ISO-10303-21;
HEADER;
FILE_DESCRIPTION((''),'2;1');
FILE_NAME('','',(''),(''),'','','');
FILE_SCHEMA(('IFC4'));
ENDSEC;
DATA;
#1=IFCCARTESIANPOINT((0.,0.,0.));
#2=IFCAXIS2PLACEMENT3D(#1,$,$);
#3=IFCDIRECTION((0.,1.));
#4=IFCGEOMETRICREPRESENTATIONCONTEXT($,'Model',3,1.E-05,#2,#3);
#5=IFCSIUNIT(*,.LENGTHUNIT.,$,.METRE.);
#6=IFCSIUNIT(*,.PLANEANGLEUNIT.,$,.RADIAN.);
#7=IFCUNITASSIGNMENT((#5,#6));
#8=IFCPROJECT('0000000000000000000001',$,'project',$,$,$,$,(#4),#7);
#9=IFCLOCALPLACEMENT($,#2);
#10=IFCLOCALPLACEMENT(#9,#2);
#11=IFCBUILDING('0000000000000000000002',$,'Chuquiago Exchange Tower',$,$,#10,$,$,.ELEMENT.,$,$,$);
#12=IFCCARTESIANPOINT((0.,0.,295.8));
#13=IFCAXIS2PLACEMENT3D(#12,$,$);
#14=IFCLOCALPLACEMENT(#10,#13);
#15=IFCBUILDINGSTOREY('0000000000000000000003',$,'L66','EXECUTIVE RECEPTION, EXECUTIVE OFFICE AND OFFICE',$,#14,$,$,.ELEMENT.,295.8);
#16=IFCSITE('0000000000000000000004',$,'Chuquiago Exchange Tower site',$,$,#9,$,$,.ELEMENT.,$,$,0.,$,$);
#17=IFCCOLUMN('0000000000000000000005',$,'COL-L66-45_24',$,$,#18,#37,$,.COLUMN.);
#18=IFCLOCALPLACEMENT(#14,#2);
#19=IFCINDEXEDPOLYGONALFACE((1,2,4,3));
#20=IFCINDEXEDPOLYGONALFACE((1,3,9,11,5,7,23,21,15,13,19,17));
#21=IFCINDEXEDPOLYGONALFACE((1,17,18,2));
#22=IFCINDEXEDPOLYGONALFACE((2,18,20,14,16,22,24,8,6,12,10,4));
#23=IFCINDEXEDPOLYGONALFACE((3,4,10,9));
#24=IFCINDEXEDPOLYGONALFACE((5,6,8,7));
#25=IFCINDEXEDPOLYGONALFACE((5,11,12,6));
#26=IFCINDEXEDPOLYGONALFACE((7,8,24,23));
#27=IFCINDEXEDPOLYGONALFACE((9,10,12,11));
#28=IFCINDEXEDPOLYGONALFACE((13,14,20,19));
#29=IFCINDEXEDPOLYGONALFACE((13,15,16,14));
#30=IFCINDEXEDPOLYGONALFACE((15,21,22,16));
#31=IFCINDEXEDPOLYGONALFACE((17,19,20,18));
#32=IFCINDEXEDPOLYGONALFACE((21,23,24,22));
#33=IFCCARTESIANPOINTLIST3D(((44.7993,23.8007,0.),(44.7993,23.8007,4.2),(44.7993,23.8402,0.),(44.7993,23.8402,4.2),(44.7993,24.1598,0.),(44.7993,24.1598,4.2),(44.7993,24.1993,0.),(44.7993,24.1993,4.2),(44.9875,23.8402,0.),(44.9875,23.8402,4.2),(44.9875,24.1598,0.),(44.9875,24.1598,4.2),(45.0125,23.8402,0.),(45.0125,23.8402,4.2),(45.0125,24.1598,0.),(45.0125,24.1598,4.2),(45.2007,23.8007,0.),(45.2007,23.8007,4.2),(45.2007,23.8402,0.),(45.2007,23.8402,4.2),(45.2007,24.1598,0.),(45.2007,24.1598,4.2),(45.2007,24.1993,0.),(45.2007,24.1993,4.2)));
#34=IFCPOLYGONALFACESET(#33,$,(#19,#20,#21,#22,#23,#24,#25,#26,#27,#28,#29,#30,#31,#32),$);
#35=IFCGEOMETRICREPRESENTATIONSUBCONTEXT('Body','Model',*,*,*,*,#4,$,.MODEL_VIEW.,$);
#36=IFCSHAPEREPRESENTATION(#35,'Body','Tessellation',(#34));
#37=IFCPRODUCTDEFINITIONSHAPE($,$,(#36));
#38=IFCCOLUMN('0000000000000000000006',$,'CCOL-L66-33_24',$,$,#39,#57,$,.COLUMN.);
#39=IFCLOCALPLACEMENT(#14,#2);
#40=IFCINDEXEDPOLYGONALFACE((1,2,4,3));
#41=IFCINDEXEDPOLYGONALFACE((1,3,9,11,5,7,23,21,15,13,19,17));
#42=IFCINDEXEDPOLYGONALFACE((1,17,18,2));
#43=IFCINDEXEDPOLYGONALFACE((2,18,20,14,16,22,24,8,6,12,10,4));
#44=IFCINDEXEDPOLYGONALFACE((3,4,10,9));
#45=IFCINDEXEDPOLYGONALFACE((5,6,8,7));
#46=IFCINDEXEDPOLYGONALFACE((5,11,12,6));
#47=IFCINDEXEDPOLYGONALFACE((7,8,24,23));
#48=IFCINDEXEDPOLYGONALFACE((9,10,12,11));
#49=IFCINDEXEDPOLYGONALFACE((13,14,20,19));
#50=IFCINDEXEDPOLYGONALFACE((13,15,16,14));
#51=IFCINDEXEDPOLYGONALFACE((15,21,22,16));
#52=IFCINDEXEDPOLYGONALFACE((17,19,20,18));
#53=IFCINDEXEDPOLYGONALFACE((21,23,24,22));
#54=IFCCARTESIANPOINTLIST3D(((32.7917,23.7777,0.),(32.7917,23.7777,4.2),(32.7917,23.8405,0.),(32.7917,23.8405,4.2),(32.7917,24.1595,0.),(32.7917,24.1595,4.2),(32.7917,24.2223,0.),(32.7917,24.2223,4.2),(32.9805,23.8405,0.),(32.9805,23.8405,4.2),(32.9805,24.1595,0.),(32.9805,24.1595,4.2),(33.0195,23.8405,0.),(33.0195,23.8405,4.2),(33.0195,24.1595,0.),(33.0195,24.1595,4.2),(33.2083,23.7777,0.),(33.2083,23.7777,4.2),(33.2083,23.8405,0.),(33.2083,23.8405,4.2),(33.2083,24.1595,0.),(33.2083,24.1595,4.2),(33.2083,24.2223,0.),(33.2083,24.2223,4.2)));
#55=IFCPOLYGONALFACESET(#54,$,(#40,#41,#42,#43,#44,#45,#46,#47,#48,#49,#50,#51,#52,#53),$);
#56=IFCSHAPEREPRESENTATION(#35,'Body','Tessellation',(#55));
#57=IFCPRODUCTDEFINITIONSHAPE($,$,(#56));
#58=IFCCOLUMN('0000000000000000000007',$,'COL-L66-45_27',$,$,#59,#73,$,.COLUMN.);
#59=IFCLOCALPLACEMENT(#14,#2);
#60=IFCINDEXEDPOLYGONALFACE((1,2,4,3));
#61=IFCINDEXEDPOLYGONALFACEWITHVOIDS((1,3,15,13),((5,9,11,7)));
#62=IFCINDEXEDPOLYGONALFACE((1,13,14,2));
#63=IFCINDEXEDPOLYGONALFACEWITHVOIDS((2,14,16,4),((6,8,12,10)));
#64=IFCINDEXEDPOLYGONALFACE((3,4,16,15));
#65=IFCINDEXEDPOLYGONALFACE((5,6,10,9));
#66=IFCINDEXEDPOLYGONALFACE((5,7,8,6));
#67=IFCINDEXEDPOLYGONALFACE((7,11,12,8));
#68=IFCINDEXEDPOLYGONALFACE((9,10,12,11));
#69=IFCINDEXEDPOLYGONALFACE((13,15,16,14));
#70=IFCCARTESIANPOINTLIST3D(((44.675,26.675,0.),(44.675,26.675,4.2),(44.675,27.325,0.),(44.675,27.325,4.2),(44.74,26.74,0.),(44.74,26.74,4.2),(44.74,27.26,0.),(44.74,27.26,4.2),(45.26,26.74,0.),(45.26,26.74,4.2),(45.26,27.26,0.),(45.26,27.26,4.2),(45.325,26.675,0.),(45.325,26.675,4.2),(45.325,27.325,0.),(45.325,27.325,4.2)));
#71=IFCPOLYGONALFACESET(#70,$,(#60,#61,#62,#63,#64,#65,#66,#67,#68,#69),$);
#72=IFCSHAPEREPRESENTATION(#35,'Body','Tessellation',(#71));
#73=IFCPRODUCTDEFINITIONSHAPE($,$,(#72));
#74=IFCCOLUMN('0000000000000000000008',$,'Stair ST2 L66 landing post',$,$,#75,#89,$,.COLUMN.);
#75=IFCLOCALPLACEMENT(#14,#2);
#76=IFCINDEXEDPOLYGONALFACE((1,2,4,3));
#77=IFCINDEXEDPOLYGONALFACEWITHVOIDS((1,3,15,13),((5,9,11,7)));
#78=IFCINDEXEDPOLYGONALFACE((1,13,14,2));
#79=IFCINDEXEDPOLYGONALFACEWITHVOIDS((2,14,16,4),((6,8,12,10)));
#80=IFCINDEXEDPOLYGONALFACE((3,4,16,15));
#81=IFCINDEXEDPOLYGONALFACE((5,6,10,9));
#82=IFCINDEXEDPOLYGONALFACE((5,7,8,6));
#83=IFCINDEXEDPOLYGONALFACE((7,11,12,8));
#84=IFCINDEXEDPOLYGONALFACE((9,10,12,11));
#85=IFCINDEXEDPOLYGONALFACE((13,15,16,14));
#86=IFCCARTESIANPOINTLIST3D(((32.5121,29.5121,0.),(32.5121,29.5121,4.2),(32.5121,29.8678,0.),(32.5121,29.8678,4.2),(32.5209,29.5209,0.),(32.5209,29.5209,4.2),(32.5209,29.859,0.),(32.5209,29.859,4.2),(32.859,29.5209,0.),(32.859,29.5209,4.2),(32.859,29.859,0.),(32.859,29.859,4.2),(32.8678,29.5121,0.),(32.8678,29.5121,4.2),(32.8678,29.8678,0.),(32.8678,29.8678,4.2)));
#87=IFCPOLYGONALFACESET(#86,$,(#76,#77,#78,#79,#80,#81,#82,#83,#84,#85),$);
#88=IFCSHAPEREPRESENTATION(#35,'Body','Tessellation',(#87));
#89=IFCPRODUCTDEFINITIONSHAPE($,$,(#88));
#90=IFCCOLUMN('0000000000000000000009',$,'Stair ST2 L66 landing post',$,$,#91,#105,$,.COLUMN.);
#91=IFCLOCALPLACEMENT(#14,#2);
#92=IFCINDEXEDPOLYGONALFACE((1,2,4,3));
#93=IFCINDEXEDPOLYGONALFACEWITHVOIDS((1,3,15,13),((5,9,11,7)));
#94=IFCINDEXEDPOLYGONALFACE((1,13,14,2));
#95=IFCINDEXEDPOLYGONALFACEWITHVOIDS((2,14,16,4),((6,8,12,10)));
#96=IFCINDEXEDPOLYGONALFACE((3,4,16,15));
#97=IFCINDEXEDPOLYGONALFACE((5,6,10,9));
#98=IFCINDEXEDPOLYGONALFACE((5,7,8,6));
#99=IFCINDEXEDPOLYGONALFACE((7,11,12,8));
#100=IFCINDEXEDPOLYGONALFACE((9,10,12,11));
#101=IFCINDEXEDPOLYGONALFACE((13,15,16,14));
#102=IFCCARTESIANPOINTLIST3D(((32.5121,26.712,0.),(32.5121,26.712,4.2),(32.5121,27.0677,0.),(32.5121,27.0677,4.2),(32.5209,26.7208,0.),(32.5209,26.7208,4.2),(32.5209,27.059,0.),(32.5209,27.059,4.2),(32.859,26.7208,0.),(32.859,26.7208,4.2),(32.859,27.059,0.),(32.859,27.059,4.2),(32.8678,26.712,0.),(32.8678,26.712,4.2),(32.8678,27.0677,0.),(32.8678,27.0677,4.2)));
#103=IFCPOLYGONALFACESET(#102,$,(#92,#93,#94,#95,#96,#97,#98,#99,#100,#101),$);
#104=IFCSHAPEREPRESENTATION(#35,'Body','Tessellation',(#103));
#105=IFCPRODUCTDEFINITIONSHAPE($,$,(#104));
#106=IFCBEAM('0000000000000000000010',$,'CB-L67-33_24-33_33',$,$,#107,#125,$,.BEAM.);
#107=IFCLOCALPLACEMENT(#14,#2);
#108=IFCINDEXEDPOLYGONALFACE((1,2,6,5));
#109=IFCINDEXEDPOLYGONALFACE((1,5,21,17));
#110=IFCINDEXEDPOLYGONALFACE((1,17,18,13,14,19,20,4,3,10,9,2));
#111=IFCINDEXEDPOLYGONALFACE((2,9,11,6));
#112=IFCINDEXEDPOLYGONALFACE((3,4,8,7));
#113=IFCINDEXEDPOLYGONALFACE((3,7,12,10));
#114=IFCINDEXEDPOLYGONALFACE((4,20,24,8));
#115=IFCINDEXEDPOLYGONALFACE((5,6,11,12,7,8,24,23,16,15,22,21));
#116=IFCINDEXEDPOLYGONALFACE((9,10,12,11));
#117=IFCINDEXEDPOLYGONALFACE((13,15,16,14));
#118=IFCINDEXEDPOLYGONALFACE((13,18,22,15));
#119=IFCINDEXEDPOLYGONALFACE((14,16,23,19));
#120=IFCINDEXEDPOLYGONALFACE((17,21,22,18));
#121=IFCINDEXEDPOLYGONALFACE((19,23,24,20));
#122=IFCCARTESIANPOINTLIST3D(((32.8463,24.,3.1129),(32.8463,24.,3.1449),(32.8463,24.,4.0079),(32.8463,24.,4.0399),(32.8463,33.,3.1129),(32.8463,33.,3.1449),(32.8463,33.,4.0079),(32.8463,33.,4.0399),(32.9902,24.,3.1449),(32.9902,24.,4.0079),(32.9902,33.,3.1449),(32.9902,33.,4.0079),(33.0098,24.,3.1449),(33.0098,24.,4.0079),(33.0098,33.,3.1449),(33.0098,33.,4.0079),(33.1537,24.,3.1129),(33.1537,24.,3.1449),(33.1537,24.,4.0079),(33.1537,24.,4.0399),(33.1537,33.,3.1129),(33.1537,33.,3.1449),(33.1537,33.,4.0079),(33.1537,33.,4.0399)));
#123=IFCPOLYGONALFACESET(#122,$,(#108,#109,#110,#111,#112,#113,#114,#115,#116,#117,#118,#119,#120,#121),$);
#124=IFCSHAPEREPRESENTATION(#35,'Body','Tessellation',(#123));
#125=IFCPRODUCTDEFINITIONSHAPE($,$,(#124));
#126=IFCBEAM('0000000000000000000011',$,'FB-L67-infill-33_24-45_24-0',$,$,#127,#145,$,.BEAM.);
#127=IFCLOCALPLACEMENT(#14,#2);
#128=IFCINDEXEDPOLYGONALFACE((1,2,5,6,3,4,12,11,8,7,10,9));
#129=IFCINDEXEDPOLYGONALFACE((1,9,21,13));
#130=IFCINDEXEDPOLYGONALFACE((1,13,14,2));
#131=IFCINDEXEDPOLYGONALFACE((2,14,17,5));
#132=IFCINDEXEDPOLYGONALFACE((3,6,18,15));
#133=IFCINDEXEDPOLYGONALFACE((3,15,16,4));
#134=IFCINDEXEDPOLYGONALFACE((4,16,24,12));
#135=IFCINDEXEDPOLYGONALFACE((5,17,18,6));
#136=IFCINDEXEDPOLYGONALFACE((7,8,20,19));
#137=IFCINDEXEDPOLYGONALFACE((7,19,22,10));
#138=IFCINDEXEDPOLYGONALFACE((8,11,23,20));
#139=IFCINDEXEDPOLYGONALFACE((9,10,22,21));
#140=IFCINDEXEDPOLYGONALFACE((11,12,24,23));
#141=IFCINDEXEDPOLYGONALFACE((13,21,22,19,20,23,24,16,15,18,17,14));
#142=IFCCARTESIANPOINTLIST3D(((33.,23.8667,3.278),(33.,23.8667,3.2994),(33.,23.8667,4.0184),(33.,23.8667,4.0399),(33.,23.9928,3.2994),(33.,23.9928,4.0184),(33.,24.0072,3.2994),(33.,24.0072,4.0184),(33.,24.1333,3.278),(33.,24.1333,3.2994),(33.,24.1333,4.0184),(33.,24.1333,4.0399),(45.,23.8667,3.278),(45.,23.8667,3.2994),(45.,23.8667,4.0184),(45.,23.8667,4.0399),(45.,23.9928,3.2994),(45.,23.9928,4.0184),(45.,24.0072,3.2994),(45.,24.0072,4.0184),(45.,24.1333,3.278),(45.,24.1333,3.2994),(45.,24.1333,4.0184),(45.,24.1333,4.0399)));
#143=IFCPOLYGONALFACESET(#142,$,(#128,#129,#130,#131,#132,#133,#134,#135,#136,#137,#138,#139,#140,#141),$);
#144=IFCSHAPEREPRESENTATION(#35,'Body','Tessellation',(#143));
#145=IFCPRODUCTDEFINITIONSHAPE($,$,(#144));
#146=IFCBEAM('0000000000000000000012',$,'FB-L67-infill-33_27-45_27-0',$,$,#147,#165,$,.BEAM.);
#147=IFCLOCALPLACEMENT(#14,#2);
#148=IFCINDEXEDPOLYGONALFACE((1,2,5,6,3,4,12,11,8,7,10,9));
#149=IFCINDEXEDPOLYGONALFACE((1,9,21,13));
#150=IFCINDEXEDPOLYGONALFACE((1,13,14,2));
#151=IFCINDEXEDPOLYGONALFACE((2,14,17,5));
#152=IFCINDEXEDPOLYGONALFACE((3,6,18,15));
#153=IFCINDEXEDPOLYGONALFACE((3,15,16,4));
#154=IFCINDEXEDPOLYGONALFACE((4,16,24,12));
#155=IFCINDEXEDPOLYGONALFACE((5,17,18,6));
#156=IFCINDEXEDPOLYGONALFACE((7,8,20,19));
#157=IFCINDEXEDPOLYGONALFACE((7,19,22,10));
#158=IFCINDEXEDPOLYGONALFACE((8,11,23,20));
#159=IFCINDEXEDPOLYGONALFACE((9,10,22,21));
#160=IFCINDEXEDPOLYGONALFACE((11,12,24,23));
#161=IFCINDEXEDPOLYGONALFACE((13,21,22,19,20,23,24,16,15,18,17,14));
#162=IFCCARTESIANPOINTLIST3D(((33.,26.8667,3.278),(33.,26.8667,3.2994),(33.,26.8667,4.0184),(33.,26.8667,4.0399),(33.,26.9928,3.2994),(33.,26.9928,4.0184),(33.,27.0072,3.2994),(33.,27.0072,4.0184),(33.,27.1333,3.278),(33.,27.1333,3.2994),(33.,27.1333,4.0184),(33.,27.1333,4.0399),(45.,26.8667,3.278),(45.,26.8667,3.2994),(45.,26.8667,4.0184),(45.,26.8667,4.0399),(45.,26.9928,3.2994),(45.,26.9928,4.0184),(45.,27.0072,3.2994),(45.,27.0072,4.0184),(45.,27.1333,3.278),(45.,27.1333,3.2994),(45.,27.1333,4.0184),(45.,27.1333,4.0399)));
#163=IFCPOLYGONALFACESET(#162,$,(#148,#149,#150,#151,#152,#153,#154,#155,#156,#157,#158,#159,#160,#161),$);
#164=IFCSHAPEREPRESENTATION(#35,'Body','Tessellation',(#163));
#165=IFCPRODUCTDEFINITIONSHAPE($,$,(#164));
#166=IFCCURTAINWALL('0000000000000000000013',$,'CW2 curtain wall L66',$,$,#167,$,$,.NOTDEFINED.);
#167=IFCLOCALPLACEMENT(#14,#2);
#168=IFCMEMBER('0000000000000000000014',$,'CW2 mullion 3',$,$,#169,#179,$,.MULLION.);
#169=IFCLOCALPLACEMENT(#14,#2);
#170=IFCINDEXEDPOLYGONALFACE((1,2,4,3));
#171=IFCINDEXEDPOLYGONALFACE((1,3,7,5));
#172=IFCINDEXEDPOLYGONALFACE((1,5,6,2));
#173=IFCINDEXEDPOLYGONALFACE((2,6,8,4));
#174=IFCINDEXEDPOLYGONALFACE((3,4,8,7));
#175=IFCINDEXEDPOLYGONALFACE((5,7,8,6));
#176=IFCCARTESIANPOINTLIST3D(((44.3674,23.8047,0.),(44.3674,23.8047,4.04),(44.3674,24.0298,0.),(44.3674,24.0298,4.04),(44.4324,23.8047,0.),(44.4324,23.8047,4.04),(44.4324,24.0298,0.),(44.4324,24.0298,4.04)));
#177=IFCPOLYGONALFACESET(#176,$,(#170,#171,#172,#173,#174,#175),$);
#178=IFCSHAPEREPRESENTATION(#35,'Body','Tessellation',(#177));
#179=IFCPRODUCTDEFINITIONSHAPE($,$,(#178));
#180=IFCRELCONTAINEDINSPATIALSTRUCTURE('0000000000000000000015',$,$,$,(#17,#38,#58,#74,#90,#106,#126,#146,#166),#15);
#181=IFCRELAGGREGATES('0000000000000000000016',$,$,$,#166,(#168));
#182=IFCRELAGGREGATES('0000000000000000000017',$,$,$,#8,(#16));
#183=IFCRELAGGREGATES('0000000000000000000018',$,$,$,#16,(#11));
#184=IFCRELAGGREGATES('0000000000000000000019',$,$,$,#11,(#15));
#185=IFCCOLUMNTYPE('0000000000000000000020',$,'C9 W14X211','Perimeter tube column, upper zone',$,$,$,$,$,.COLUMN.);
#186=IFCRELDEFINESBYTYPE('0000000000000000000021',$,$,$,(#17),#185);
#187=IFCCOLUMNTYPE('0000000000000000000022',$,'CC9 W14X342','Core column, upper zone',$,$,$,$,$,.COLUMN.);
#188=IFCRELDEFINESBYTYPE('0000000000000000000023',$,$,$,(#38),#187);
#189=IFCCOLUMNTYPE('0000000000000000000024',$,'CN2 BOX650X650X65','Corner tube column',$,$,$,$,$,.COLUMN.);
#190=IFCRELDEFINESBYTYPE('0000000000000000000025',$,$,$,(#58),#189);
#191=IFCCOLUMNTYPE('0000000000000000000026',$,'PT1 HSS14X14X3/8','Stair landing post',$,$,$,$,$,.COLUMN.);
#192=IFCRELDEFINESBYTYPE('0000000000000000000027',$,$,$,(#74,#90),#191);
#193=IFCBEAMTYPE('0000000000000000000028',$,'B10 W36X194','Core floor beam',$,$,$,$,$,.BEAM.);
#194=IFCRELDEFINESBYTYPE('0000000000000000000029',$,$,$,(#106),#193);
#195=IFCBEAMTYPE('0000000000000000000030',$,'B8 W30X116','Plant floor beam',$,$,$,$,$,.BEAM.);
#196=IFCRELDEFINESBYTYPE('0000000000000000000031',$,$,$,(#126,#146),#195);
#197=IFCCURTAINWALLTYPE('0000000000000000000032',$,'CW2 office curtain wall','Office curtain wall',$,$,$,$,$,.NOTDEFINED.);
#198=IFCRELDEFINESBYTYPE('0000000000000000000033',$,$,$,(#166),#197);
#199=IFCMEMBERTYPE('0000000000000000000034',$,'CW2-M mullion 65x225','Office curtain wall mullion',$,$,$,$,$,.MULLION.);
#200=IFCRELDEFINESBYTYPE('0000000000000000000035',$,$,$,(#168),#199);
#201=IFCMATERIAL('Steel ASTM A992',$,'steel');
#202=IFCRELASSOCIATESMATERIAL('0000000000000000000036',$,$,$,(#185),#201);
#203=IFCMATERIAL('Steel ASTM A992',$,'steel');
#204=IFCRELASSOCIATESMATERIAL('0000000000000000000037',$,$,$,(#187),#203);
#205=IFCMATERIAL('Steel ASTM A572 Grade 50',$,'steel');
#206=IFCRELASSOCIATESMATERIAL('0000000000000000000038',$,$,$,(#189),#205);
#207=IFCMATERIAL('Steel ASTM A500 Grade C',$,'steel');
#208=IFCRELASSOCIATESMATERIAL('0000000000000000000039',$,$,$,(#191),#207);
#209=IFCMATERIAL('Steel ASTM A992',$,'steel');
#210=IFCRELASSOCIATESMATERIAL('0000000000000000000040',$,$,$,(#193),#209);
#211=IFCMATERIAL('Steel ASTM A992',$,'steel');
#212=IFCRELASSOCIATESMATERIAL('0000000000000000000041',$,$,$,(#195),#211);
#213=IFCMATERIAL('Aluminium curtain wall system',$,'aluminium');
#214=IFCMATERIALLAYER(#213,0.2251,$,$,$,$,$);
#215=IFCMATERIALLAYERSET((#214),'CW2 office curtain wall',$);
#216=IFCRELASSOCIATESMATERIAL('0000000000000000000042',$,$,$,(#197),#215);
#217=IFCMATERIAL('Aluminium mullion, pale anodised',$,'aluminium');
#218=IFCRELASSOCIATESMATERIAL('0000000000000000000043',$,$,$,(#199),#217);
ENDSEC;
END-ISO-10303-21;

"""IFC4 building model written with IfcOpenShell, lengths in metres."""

from ifc_helpers import new_model, si_unit, direction, frame, origin, origin_2d, place, context, subcontext, project, spatial, rectangle, hollow_rectangle, i_section, extrude, material, layer, layer_set, material_profile, profile_set, type_object, element, aggregate, save


model = new_model("IFC4")

# Units and contexts
model_context = context("Model", 3, precision=1e-05, world=origin(), true_north=direction((0.0, 1.0)))
body_context = subcontext(model_context, "Body", "Model", "MODEL_VIEW")
ifc_project = project(units=[si_unit("LENGTHUNIT", "METRE"), si_unit("PLANEANGLEUNIT", "RADIAN")], contexts=[model_context])

# Site, building, storey
site_placement = place(None, origin())
site = spatial("IfcSite", under=ifc_project, at=site_placement, Name="Chuquiago Exchange Tower site", CompositionType="ELEMENT", RefElevation=0.0)
building_placement = place(site_placement, origin())
building = spatial("IfcBuilding", under=site, at=building_placement, Name="Chuquiago Exchange Tower", CompositionType="ELEMENT")
storey_placement = place(building_placement, frame((0.0, 0.0, 295.8)))
storey = spatial("IfcBuildingStorey", under=building, at=storey_placement, Name="L66", Description="EXECUTIVE RECEPTION, EXECUTIVE OFFICE AND OFFICE", CompositionType="ELEMENT", Elevation=295.8)

# Columns
ifc_material_1 = material(Name="Steel ASTM A992", Category="steel")
ifc_material_profile_1 = material_profile(ifc_material_1, i_section(OverallWidth=0.4014, OverallDepth=0.3987, WebThickness=0.0249, FlangeThickness=0.0396, at=origin_2d()), Name="W14X211")
ifc_profile_set_1 = profile_set([ifc_material_profile_1], Name="Steel ASTM A992")
column_type_1 = type_object("IfcColumnType", Name="C9 W14X211", Description="Perimeter tube column, upper zone", PredefinedType="COLUMN", material=ifc_profile_set_1)
column_1_placement = place(storey_placement, frame((45.0, 24.0, 0.0), z_axis=(0.0, 0.0, 1.0), x_axis=(1.0, 0.0, 0.0)))
element("IfcColumn", 1, at=column_1_placement, inside=storey, type_object=column_type_1, Name="COL-L66-45_24", PredefinedType="COLUMN", context=body_context, shape_type="SweptSolid", body=[
    extrude(i_section(OverallWidth=0.4014, OverallDepth=0.3987, WebThickness=0.0249, FlangeThickness=0.0396, at=origin_2d()), origin(), (0.0, 0.0, 1.0), 4.2),
])
ifc_material_2 = material(Name="Steel ASTM A992", Category="steel")
ifc_material_profile_2 = material_profile(ifc_material_2, i_section(OverallWidth=0.4165, OverallDepth=0.4446, WebThickness=0.0391, FlangeThickness=0.0627, at=origin_2d()), Name="W14X342")
ifc_profile_set_2 = profile_set([ifc_material_profile_2], Name="Steel ASTM A992")
column_type_2 = type_object("IfcColumnType", Name="CC9 W14X342", Description="Core column, upper zone", PredefinedType="COLUMN", material=ifc_profile_set_2)
column_2_placement = place(storey_placement, frame((33.0, 24.0, 0.0), z_axis=(0.0, 0.0, 1.0), x_axis=(1.0, 0.0, 0.0)))
element("IfcColumn", 2, at=column_2_placement, inside=storey, type_object=column_type_2, Name="CCOL-L66-33_24", PredefinedType="COLUMN", context=body_context, shape_type="SweptSolid", body=[
    extrude(i_section(OverallWidth=0.4165, OverallDepth=0.4446, WebThickness=0.0391, FlangeThickness=0.0627, at=origin_2d()), origin(), (0.0, 0.0, 1.0), 4.2),
])
ifc_material_3 = material(Name="Steel ASTM A572 Grade 50", Category="steel")
ifc_material_profile_3 = material_profile(ifc_material_3, hollow_rectangle(XDim=0.6499, YDim=0.6499, WallThickness=0.0649, at=origin_2d()), Name="BOX650X650X65")
ifc_profile_set_3 = profile_set([ifc_material_profile_3], Name="Steel ASTM A572 Grade 50")
column_type_3 = type_object("IfcColumnType", Name="CN2 BOX650X650X65", Description="Corner tube column", PredefinedType="COLUMN", material=ifc_profile_set_3)
column_3_placement = place(storey_placement, frame((45.0, 27.0, 0.0), z_axis=(0.0, 0.0, 1.0), x_axis=(1.0, 0.0, 0.0)))
element("IfcColumn", 3, at=column_3_placement, inside=storey, type_object=column_type_3, Name="COL-L66-45_27", PredefinedType="COLUMN", context=body_context, shape_type="SweptSolid", body=[
    extrude(hollow_rectangle(XDim=0.6499, YDim=0.6499, WallThickness=0.0649, at=origin_2d()), origin(), (0.0, 0.0, 1.0), 4.2),
])
ifc_material_4 = material(Name="Steel ASTM A500 Grade C", Category="steel")
ifc_material_profile_4 = material_profile(ifc_material_4, hollow_rectangle(XDim=0.3557, YDim=0.3557, WallThickness=0.0088, at=origin_2d()), Name="HSS14X14X3/8")
ifc_profile_set_4 = profile_set([ifc_material_profile_4], Name="Steel ASTM A500 Grade C")
column_type_4 = type_object("IfcColumnType", Name="PT1 HSS14X14X3/8", Description="Stair landing post", PredefinedType="COLUMN", material=ifc_profile_set_4)
for number, where, z_axis, x_axis, name in (
    (4, (32.6899, 29.6899, 0.0), (0.0, 0.0, 1.0), (1.0, 0.0, 0.0), "Stair ST2 L66 landing post"),
    (5, (32.6899, 26.8899, 0.0), (0.0, 0.0, 1.0), (1.0, 0.0, 0.0), "Stair ST2 L66 landing post"),
):
    element("IfcColumn", number, at=place(storey_placement, frame(where, z_axis=z_axis, x_axis=x_axis)), inside=storey, type_object=column_type_4, Name=name, PredefinedType="COLUMN", context=body_context, shape_type="SweptSolid", body=[
        extrude(hollow_rectangle(XDim=0.3557, YDim=0.3557, WallThickness=0.0088, at=origin_2d()), origin(), (0.0, 0.0, 1.0), 4.2),
    ])

# Beams
ifc_material_5 = material(Name="Steel ASTM A992", Category="steel")
ifc_material_profile_5 = material_profile(ifc_material_5, i_section(OverallWidth=0.3074, OverallDepth=0.927, WebThickness=0.0195, FlangeThickness=0.032, at=origin_2d()), Name="W36X194")
ifc_profile_set_5 = profile_set([ifc_material_profile_5], Name="Steel ASTM A992")
beam_type_1 = type_object("IfcBeamType", Name="B10 W36X194", Description="Core floor beam", PredefinedType="BEAM", material=ifc_profile_set_5)
beam_1_placement = place(storey_placement, frame((33.0, 24.0, 3.5764), z_axis=(0.0, 1.0, 0.0), x_axis=(-1.0, 0.0, 0.0)))
element("IfcBeam", 6, at=beam_1_placement, inside=storey, type_object=beam_type_1, Name="CB-L67-33_24-33_33", PredefinedType="BEAM", context=body_context, shape_type="SweptSolid", body=[
    extrude(i_section(OverallWidth=0.3074, OverallDepth=0.927, WebThickness=0.0195, FlangeThickness=0.032, at=origin_2d()), origin(), (0.0, 0.0, 1.0), 9.0),
])
ifc_material_6 = material(Name="Steel ASTM A992", Category="steel")
ifc_material_profile_6 = material_profile(ifc_material_6, i_section(OverallWidth=0.2666, OverallDepth=0.762, WebThickness=0.0144, FlangeThickness=0.0215, at=origin_2d()), Name="W30X116")
ifc_profile_set_6 = profile_set([ifc_material_profile_6], Name="Steel ASTM A992")
beam_type_2 = type_object("IfcBeamType", Name="B8 W30X116", Description="Plant floor beam", PredefinedType="BEAM", material=ifc_profile_set_6)
for number, where, z_axis, x_axis, name in (
    (7, (33.0, 24.0, 3.6589), (1.0, 0.0, 0.0), (0.0, 1.0, 0.0), "FB-L67-infill-33_24-45_24-0"),
    (8, (33.0, 27.0, 3.6589), (1.0, 0.0, 0.0), (0.0, 1.0, 0.0), "FB-L67-infill-33_27-45_27-0"),
):
    element("IfcBeam", number, at=place(storey_placement, frame(where, z_axis=z_axis, x_axis=x_axis)), inside=storey, type_object=beam_type_2, Name=name, PredefinedType="BEAM", context=body_context, shape_type="SweptSolid", body=[
        extrude(i_section(OverallWidth=0.2666, OverallDepth=0.762, WebThickness=0.0144, FlangeThickness=0.0215, at=origin_2d()), origin(), (0.0, 0.0, 1.0), 12.0),
    ])

# Curtain wall, member
ifc_material_7 = material(Name="Aluminium curtain wall system", Category="aluminium")
ifc_layer_1 = layer(ifc_material_7, 0.2251)
ifc_layer_set_1 = layer_set([ifc_layer_1], Name="CW2 office curtain wall")
curtain_wall_type_1 = type_object("IfcCurtainWallType", Name="CW2 office curtain wall", Description="Office curtain wall", PredefinedType="NOTDEFINED", material=ifc_layer_set_1)
curtain_wall_1_placement = place(storey_placement, origin())
curtain_wall_1 = element("IfcCurtainWall", 9, at=curtain_wall_1_placement, inside=storey, type_object=curtain_wall_type_1, Name="CW2 curtain wall L66", PredefinedType="NOTDEFINED")
ifc_material_8 = material(Name="Aluminium mullion, pale anodised", Category="aluminium")
ifc_material_profile_7 = material_profile(ifc_material_8, rectangle(XDim=0.0649, YDim=0.2251, at=origin_2d()), Name="AL 65x225")
ifc_profile_set_7 = profile_set([ifc_material_profile_7], Name="Aluminium mullion, pale anodised")
member_type_1 = type_object("IfcMemberType", Name="CW2-M mullion 65x225", Description="Office curtain wall mullion", PredefinedType="MULLION", material=ifc_profile_set_7)
member_1_placement = place(storey_placement, frame((44.3999, 23.9172, 0.0), z_axis=(0.0, 0.0, 1.0), x_axis=(-1.0, 0.0, 0.0)))
member_1 = element("IfcMember", 10, at=member_1_placement, type_object=member_type_1, Name="CW2 mullion 3", PredefinedType="MULLION", context=body_context, shape_type="SweptSolid", body=[
    extrude(rectangle(XDim=0.0649, YDim=0.2251, at=origin_2d()), origin(), (0.0, 0.0, 1.0), 4.04),
])

aggregate(curtain_wall_1, [member_1])

save(model, "model.ifc")
